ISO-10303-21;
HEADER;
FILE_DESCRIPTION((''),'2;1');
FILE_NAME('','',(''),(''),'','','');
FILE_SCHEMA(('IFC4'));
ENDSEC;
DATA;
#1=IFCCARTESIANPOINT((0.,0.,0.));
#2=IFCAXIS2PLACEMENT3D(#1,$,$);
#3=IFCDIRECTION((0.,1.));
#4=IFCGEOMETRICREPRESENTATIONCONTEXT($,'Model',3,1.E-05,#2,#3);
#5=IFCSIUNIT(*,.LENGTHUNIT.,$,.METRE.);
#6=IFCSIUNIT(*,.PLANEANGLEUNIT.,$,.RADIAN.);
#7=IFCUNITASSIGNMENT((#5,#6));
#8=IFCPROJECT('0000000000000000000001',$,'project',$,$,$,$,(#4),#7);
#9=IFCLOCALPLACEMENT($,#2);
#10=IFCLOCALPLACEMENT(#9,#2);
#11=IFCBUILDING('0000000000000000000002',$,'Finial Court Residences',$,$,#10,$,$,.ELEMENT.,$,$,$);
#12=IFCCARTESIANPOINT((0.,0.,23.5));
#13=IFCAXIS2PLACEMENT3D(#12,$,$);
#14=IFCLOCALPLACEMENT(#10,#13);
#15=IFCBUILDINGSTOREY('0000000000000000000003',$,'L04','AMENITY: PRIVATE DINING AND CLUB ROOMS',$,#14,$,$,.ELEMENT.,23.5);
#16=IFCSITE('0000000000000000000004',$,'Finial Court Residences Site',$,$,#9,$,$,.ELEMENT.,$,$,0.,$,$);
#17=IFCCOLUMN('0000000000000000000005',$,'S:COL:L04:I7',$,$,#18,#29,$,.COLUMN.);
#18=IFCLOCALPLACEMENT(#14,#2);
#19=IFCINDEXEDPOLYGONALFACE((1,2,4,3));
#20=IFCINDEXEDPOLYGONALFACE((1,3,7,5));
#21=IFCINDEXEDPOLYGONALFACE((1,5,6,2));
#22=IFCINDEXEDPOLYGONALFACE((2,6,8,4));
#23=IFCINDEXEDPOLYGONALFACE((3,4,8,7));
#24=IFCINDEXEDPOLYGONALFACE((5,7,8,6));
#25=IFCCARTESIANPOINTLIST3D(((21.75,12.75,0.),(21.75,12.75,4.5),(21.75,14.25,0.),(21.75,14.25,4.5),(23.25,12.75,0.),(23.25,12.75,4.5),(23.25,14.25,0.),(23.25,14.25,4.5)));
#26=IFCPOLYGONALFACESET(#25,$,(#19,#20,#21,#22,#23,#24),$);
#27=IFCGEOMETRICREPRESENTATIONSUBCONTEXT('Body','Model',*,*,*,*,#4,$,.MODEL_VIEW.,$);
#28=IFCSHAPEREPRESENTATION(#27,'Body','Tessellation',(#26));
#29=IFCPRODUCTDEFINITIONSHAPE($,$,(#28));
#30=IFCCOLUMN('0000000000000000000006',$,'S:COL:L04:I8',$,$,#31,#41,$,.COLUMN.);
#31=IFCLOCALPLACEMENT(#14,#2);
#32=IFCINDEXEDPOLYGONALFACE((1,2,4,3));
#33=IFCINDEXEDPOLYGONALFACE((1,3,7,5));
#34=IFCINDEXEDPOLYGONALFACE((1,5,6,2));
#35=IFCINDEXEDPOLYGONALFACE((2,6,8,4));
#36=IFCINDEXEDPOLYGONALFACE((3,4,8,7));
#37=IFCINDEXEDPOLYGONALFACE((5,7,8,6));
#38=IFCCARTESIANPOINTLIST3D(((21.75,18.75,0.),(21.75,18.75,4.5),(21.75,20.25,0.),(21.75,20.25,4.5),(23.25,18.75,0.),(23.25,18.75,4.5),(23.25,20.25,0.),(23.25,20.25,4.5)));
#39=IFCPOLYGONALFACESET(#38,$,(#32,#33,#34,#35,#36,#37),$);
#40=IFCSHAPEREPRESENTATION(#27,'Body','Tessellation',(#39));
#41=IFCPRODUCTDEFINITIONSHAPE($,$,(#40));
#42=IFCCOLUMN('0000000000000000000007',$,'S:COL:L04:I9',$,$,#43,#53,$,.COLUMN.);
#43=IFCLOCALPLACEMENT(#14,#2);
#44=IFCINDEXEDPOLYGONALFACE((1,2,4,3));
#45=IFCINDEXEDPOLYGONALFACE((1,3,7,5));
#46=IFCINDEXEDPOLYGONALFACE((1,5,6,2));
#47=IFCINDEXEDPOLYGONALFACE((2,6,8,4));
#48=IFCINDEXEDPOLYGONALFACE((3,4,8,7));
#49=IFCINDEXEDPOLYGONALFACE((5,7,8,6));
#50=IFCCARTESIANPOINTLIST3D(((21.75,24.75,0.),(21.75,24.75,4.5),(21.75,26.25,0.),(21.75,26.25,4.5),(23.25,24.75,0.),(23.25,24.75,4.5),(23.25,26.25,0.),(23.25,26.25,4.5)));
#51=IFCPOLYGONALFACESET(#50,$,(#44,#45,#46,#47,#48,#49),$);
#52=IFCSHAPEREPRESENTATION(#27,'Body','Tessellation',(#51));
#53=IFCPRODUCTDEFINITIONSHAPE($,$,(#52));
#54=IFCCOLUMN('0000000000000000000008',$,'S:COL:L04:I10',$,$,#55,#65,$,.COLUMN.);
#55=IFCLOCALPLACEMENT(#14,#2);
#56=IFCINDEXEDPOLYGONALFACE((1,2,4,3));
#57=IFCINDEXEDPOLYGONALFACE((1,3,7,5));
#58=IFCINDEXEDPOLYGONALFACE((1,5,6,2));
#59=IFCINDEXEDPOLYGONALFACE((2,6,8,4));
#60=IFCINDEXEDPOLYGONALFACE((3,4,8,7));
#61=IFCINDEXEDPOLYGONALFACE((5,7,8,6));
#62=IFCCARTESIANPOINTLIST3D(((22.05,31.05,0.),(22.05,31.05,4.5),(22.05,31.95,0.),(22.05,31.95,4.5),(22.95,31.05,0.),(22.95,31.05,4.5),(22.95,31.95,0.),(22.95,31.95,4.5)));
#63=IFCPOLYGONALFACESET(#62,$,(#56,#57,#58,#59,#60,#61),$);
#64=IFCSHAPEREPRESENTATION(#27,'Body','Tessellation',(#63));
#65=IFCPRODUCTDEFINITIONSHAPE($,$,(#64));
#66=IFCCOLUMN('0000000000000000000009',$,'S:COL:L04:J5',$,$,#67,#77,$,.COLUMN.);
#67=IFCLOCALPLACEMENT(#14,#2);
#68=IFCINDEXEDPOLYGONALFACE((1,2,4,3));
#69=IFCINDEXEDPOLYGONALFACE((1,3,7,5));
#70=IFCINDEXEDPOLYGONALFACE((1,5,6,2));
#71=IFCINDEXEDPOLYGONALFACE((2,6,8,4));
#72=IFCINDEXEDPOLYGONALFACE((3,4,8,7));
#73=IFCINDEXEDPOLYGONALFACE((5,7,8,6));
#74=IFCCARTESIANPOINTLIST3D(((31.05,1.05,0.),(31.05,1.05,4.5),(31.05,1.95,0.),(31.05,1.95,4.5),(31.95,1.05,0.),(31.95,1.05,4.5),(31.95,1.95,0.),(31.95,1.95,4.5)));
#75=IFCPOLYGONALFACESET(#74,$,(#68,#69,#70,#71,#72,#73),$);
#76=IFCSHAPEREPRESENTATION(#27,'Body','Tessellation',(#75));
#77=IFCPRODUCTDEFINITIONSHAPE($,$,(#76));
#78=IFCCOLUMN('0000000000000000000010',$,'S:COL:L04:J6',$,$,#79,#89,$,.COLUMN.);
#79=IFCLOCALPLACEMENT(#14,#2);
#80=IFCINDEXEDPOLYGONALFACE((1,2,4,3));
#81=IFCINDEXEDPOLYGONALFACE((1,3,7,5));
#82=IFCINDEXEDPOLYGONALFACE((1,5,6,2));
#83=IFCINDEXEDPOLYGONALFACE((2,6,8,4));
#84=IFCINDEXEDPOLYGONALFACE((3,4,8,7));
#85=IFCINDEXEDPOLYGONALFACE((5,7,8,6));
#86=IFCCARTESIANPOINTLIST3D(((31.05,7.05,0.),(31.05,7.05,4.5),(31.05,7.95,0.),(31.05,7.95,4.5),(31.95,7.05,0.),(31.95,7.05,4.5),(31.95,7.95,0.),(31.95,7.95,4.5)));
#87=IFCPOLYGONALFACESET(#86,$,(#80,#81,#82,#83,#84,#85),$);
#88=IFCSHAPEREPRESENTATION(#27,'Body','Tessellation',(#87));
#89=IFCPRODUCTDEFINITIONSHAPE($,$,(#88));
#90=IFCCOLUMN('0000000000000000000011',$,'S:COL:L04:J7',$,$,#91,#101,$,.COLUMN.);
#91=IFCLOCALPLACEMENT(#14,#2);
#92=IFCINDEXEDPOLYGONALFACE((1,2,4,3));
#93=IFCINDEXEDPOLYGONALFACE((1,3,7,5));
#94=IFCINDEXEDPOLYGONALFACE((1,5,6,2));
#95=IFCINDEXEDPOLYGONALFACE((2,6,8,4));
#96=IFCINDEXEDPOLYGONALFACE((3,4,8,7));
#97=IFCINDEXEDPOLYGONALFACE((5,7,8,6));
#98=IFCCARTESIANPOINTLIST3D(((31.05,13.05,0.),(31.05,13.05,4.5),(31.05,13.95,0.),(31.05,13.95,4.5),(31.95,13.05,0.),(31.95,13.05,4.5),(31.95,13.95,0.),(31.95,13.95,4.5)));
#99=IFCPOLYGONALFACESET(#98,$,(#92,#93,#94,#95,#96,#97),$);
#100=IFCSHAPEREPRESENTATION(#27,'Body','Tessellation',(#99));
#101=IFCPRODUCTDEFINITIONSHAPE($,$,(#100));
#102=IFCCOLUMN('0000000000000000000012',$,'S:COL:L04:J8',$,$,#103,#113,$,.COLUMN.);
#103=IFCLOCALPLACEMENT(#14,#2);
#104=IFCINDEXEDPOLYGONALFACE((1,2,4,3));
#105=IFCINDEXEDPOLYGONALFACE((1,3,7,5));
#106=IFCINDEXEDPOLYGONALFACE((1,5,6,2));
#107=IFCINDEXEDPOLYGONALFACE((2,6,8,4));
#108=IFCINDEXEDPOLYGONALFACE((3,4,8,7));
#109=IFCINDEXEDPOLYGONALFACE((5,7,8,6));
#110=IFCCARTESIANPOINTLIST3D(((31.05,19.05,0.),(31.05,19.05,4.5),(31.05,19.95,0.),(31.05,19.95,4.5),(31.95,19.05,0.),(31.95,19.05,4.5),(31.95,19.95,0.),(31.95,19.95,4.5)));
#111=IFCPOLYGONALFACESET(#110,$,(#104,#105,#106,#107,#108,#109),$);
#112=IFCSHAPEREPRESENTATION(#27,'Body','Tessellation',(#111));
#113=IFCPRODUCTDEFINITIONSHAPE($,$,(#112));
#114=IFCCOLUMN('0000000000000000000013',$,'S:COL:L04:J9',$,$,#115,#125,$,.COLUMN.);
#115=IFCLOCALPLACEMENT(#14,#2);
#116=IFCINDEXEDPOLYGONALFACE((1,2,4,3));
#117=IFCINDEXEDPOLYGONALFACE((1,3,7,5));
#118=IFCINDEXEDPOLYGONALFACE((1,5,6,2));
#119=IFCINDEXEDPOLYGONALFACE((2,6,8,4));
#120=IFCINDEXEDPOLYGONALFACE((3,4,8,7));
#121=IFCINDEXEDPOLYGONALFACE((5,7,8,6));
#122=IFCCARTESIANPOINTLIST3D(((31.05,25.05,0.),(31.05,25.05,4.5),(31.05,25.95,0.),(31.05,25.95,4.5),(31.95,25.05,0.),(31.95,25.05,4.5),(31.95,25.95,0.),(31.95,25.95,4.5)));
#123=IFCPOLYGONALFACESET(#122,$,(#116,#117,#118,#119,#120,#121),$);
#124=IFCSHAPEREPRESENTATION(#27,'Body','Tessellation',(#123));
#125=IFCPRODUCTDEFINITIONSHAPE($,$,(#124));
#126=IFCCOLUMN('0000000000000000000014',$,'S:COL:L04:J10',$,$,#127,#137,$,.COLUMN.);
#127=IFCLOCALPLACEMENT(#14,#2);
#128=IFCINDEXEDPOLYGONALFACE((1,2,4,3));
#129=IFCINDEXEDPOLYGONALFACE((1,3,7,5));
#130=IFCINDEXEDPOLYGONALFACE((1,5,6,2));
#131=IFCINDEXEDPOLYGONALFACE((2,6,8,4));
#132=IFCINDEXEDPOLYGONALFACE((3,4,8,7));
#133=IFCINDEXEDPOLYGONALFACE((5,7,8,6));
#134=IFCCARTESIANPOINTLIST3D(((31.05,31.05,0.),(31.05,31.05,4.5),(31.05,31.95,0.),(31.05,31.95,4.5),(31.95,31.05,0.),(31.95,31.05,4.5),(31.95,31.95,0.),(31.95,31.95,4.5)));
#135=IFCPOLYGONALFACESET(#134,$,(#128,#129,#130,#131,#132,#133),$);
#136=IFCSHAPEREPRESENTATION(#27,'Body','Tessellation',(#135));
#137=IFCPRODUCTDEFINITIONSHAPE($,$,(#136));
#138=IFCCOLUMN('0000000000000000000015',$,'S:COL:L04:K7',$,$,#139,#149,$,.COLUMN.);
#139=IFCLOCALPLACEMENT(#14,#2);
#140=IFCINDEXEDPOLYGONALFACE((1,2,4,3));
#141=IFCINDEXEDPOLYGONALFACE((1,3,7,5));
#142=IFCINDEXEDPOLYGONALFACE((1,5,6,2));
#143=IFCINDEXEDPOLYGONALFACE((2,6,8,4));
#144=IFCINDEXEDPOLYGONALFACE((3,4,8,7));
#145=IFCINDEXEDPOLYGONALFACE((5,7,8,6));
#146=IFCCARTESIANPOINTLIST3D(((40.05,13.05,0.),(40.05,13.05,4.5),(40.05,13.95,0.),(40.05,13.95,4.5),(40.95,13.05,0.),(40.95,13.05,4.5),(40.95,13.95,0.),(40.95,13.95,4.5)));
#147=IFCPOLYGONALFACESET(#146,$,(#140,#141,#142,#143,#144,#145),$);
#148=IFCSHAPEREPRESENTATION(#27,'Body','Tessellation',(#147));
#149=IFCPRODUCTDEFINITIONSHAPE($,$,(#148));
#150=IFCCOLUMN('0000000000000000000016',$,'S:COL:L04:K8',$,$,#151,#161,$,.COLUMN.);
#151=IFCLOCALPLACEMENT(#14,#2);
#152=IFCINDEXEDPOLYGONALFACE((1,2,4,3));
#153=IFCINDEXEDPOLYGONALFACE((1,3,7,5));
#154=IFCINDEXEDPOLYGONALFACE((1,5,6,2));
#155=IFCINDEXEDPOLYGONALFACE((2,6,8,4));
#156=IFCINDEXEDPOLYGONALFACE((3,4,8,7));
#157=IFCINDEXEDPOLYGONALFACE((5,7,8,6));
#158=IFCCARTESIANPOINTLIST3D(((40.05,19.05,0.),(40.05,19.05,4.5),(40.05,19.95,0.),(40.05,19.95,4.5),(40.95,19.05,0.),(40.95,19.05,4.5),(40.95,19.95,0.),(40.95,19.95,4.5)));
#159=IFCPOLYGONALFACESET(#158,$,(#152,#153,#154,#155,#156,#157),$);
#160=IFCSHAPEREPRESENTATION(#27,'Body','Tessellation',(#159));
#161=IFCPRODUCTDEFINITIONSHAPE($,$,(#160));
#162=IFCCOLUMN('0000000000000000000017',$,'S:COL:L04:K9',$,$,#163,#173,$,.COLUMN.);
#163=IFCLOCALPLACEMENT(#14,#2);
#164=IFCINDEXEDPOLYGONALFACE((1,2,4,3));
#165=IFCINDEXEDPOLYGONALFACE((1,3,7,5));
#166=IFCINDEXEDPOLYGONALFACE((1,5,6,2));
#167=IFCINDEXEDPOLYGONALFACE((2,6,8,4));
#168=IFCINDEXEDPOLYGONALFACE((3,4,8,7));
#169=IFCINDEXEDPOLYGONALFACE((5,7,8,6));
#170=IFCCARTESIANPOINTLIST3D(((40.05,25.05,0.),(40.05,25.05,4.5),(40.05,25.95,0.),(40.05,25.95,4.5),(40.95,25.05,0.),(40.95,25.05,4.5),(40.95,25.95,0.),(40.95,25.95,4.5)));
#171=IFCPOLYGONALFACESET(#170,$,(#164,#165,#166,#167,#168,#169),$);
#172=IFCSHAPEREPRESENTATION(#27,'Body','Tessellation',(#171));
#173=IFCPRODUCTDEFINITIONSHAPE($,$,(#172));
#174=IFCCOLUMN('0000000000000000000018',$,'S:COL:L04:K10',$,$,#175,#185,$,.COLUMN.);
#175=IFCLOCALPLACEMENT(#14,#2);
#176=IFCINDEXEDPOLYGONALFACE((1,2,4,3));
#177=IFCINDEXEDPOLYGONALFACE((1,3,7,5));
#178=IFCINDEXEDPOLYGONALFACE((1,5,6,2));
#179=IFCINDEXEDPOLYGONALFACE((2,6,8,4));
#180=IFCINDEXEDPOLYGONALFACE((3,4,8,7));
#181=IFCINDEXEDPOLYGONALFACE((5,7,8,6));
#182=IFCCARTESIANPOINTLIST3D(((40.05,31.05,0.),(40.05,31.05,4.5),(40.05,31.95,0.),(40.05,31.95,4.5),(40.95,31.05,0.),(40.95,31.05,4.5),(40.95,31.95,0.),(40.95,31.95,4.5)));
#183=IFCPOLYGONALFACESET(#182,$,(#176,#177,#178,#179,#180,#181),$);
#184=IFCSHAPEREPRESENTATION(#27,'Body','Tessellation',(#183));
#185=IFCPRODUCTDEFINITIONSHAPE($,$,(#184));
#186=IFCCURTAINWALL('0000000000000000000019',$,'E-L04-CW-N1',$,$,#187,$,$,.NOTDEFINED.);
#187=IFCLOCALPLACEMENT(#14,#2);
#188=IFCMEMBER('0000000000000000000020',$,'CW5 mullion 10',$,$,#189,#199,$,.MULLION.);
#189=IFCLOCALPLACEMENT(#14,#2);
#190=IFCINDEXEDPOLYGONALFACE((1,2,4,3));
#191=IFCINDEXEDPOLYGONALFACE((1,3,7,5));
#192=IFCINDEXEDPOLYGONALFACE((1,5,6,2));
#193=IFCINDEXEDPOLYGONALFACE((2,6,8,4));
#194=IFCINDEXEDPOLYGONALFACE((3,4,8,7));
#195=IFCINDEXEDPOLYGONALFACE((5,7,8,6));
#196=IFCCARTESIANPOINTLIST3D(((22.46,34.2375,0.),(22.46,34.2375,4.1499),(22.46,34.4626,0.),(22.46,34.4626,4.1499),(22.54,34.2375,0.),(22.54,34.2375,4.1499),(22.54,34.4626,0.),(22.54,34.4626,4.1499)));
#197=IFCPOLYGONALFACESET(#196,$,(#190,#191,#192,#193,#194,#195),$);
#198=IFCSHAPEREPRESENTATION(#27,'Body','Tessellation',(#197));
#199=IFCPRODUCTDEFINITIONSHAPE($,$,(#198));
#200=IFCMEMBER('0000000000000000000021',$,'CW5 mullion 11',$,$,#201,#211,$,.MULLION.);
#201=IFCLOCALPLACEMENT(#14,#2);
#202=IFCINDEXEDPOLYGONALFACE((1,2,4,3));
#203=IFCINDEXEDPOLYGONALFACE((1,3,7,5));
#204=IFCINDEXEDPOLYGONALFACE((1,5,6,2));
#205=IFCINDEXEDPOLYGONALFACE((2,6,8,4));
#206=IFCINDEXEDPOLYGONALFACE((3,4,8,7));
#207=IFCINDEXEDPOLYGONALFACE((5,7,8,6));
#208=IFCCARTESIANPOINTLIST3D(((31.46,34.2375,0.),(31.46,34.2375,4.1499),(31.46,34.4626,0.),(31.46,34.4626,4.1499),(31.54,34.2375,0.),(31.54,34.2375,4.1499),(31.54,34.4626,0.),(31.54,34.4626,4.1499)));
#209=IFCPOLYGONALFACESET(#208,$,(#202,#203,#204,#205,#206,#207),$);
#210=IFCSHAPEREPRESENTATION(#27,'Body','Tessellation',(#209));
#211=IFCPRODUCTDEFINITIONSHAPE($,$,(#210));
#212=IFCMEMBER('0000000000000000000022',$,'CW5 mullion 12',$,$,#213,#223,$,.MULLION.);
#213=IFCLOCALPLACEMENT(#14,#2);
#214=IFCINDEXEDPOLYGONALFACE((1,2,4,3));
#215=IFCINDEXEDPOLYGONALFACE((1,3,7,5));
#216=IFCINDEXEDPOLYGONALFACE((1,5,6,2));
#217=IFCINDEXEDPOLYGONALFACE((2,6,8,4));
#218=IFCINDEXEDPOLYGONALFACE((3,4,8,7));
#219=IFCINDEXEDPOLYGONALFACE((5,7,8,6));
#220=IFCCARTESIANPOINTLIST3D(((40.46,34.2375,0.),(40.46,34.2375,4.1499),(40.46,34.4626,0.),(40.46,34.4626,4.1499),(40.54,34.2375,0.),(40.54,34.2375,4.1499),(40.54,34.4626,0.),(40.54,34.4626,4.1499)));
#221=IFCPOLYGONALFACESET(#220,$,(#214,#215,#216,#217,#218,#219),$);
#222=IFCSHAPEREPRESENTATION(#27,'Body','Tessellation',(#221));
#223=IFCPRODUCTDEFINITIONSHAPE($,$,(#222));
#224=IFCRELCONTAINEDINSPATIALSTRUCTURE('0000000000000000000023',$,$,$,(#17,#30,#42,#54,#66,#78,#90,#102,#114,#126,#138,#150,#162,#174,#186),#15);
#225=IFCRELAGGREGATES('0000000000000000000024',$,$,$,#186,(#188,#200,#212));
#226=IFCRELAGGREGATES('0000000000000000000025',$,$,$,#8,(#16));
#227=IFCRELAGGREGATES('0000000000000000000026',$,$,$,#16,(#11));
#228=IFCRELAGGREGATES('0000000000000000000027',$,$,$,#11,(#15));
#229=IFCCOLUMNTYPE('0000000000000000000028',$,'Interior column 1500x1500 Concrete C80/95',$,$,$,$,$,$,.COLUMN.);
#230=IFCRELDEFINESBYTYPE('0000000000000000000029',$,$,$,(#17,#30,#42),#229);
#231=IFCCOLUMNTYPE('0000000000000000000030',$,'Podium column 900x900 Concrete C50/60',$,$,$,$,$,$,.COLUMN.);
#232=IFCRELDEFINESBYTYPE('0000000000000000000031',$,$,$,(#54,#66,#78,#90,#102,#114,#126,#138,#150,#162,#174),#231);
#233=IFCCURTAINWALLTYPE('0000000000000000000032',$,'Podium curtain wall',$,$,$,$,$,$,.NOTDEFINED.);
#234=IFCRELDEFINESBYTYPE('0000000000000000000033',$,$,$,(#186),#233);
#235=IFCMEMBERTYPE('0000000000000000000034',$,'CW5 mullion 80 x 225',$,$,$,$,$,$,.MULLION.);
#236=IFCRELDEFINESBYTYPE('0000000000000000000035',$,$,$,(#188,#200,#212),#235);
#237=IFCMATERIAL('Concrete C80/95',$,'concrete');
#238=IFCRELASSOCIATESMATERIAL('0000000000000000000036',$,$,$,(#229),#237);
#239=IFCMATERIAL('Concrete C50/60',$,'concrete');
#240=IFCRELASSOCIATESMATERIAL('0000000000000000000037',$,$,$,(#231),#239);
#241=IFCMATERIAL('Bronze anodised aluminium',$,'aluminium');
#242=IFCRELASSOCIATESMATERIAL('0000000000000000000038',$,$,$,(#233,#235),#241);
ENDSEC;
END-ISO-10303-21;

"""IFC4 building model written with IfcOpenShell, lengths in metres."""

from ifc_helpers import new_model, si_unit, direction, frame, origin, origin_2d, place, context, subcontext, project, spatial, rectangle, extrude, material, material_profile, profile_set, type_object, element, aggregate, save


model = new_model("IFC4")

# Units and contexts
model_context = context("Model", 3, precision=1e-05, world=origin(), true_north=direction((0.0, 1.0)))
body_context = subcontext(model_context, "Body", "Model", "MODEL_VIEW")
ifc_project = project(units=[si_unit("LENGTHUNIT", "METRE"), si_unit("PLANEANGLEUNIT", "RADIAN")], contexts=[model_context])

# Site, building, storey
site_placement = place(None, origin())
site = spatial("IfcSite", under=ifc_project, at=site_placement, Name="Finial Court Residences Site", CompositionType="ELEMENT", RefElevation=0.0)
building_placement = place(site_placement, origin())
building = spatial("IfcBuilding", under=site, at=building_placement, Name="Finial Court Residences", CompositionType="ELEMENT")
storey_placement = place(building_placement, frame((0.0, 0.0, 23.5)))
storey = spatial("IfcBuildingStorey", under=building, at=storey_placement, Name="L04", Description="AMENITY: PRIVATE DINING AND CLUB ROOMS", CompositionType="ELEMENT", Elevation=23.5)

# Columns
ifc_material_1 = material(Name="Concrete C80/95", Category="concrete")
ifc_material_profile_1 = material_profile(ifc_material_1, rectangle(XDim=1.5, YDim=1.5, at=origin_2d()), Name="1500x1500")
ifc_profile_set_1 = profile_set([ifc_material_profile_1], Name="Concrete C80/95")
column_type_1 = type_object("IfcColumnType", Name="Interior column 1500x1500 Concrete C80/95", PredefinedType="COLUMN", material=ifc_profile_set_1)
for number, where, z_axis, x_axis, name in (
    (1, (22.5, 13.5, 0.0), (0.0, 0.0, 1.0), (1.0, 0.0, 0.0), "S:COL:L04:I7"),
    (2, (22.5, 19.5, 0.0), (0.0, 0.0, 1.0), (1.0, 0.0, 0.0), "S:COL:L04:I8"),
    (3, (22.5, 25.5, 0.0), (0.0, 0.0, 1.0), (1.0, 0.0, 0.0), "S:COL:L04:I9"),
):
    element("IfcColumn", number, at=place(storey_placement, frame(where, z_axis=z_axis, x_axis=x_axis)), inside=storey, type_object=column_type_1, Name=name, PredefinedType="COLUMN", context=body_context, shape_type="SweptSolid", body=[
        extrude(rectangle(XDim=1.5, YDim=1.5, at=origin_2d()), origin(), (0.0, 0.0, 1.0), 4.5),
    ])
ifc_material_2 = material(Name="Concrete C50/60", Category="concrete")
ifc_material_profile_2 = material_profile(ifc_material_2, rectangle(XDim=0.8999, YDim=0.8999, at=origin_2d()), Name="900x900")
ifc_profile_set_2 = profile_set([ifc_material_profile_2], Name="Concrete C50/60")
column_type_2 = type_object("IfcColumnType", Name="Podium column 900x900 Concrete C50/60", PredefinedType="COLUMN", material=ifc_profile_set_2)
for number, where, z_axis, x_axis, name in (
    (4, (22.5, 31.5, 0.0), (0.0, 0.0, 1.0), (1.0, 0.0, 0.0), "S:COL:L04:I10"),
    (5, (31.5, 1.5, 0.0), (0.0, 0.0, 1.0), (1.0, 0.0, 0.0), "S:COL:L04:J5"),
    (6, (31.5, 7.5, 0.0), (0.0, 0.0, 1.0), (1.0, 0.0, 0.0), "S:COL:L04:J6"),
    (7, (31.5, 13.5, 0.0), (0.0, 0.0, 1.0), (1.0, 0.0, 0.0), "S:COL:L04:J7"),
    (8, (31.5, 19.5, 0.0), (0.0, 0.0, 1.0), (1.0, 0.0, 0.0), "S:COL:L04:J8"),
    (9, (31.5, 25.5, 0.0), (0.0, 0.0, 1.0), (1.0, 0.0, 0.0), "S:COL:L04:J9"),
    (10, (31.5, 31.5, 0.0), (0.0, 0.0, 1.0), (1.0, 0.0, 0.0), "S:COL:L04:J10"),
    (11, (40.5, 13.5, 0.0), (0.0, 0.0, 1.0), (1.0, 0.0, 0.0), "S:COL:L04:K7"),
    (12, (40.5, 19.5, 0.0), (0.0, 0.0, 1.0), (1.0, 0.0, 0.0), "S:COL:L04:K8"),
    (13, (40.5, 25.5, 0.0), (0.0, 0.0, 1.0), (1.0, 0.0, 0.0), "S:COL:L04:K9"),
    (14, (40.5, 31.5, 0.0), (0.0, 0.0, 1.0), (1.0, 0.0, 0.0), "S:COL:L04:K10"),
):
    element("IfcColumn", number, at=place(storey_placement, frame(where, z_axis=z_axis, x_axis=x_axis)), inside=storey, type_object=column_type_2, Name=name, PredefinedType="COLUMN", context=body_context, shape_type="SweptSolid", body=[
        extrude(rectangle(XDim=0.8999, YDim=0.8999, at=origin_2d()), origin(), (0.0, 0.0, 1.0), 4.5),
    ])

# Curtain wall, members
ifc_material_3 = material(Name="Bronze anodised aluminium", Category="aluminium")
curtain_wall_type = type_object("IfcCurtainWallType", Name="Podium curtain wall", PredefinedType="NOTDEFINED", material=ifc_material_3)
curtain_wall_placement = place(storey_placement, origin())
curtain_wall = element("IfcCurtainWall", 15, at=curtain_wall_placement, inside=storey, type_object=curtain_wall_type, Name="E-L04-CW-N1", PredefinedType="NOTDEFINED")
ifc_material_profile_3 = material_profile(ifc_material_3, rectangle(XDim=0.2251, YDim=0.0801, at=origin_2d()), Name="CW5 mullion 80 x 225")
ifc_profile_set_3 = profile_set([ifc_material_profile_3], Name="Bronze anodised aluminium")
member_type_1 = type_object("IfcMemberType", Name="CW5 mullion 80 x 225", PredefinedType="MULLION", material=ifc_profile_set_3)
member_1_placement = place(storey_placement, frame((22.5, 34.3501, 0.0), z_axis=(0.0, 0.0, 1.0), x_axis=(0.0, 1.0, 0.0)))
member_1 = element("IfcMember", 16, at=member_1_placement, type_object=member_type_1, Name="CW5 mullion 10", PredefinedType="MULLION", context=body_context, shape_type="SweptSolid", body=[
    extrude(rectangle(XDim=0.2251, YDim=0.0801, at=origin_2d()), origin(), (0.0, 0.0, 1.0), 4.1499),
])
member_2_placement = place(storey_placement, frame((31.5, 34.3501, 0.0), z_axis=(0.0, 0.0, 1.0), x_axis=(0.0, 1.0, 0.0)))
member_2 = element("IfcMember", 17, at=member_2_placement, type_object=member_type_1, Name="CW5 mullion 11", PredefinedType="MULLION", context=body_context, shape_type="SweptSolid", body=[
    extrude(rectangle(XDim=0.2251, YDim=0.0801, at=origin_2d()), origin(), (0.0, 0.0, 1.0), 4.1499),
])
member_3_placement = place(storey_placement, frame((40.5, 34.3501, 0.0), z_axis=(0.0, 0.0, 1.0), x_axis=(0.0, 1.0, 0.0)))
member_3 = element("IfcMember", 18, at=member_3_placement, type_object=member_type_1, Name="CW5 mullion 12", PredefinedType="MULLION", context=body_context, shape_type="SweptSolid", body=[
    extrude(rectangle(XDim=0.2251, YDim=0.0801, at=origin_2d()), origin(), (0.0, 0.0, 1.0), 4.1499),
])
aggregate(curtain_wall, [member_1, member_2, member_3])

save(model, "model.ifc")
